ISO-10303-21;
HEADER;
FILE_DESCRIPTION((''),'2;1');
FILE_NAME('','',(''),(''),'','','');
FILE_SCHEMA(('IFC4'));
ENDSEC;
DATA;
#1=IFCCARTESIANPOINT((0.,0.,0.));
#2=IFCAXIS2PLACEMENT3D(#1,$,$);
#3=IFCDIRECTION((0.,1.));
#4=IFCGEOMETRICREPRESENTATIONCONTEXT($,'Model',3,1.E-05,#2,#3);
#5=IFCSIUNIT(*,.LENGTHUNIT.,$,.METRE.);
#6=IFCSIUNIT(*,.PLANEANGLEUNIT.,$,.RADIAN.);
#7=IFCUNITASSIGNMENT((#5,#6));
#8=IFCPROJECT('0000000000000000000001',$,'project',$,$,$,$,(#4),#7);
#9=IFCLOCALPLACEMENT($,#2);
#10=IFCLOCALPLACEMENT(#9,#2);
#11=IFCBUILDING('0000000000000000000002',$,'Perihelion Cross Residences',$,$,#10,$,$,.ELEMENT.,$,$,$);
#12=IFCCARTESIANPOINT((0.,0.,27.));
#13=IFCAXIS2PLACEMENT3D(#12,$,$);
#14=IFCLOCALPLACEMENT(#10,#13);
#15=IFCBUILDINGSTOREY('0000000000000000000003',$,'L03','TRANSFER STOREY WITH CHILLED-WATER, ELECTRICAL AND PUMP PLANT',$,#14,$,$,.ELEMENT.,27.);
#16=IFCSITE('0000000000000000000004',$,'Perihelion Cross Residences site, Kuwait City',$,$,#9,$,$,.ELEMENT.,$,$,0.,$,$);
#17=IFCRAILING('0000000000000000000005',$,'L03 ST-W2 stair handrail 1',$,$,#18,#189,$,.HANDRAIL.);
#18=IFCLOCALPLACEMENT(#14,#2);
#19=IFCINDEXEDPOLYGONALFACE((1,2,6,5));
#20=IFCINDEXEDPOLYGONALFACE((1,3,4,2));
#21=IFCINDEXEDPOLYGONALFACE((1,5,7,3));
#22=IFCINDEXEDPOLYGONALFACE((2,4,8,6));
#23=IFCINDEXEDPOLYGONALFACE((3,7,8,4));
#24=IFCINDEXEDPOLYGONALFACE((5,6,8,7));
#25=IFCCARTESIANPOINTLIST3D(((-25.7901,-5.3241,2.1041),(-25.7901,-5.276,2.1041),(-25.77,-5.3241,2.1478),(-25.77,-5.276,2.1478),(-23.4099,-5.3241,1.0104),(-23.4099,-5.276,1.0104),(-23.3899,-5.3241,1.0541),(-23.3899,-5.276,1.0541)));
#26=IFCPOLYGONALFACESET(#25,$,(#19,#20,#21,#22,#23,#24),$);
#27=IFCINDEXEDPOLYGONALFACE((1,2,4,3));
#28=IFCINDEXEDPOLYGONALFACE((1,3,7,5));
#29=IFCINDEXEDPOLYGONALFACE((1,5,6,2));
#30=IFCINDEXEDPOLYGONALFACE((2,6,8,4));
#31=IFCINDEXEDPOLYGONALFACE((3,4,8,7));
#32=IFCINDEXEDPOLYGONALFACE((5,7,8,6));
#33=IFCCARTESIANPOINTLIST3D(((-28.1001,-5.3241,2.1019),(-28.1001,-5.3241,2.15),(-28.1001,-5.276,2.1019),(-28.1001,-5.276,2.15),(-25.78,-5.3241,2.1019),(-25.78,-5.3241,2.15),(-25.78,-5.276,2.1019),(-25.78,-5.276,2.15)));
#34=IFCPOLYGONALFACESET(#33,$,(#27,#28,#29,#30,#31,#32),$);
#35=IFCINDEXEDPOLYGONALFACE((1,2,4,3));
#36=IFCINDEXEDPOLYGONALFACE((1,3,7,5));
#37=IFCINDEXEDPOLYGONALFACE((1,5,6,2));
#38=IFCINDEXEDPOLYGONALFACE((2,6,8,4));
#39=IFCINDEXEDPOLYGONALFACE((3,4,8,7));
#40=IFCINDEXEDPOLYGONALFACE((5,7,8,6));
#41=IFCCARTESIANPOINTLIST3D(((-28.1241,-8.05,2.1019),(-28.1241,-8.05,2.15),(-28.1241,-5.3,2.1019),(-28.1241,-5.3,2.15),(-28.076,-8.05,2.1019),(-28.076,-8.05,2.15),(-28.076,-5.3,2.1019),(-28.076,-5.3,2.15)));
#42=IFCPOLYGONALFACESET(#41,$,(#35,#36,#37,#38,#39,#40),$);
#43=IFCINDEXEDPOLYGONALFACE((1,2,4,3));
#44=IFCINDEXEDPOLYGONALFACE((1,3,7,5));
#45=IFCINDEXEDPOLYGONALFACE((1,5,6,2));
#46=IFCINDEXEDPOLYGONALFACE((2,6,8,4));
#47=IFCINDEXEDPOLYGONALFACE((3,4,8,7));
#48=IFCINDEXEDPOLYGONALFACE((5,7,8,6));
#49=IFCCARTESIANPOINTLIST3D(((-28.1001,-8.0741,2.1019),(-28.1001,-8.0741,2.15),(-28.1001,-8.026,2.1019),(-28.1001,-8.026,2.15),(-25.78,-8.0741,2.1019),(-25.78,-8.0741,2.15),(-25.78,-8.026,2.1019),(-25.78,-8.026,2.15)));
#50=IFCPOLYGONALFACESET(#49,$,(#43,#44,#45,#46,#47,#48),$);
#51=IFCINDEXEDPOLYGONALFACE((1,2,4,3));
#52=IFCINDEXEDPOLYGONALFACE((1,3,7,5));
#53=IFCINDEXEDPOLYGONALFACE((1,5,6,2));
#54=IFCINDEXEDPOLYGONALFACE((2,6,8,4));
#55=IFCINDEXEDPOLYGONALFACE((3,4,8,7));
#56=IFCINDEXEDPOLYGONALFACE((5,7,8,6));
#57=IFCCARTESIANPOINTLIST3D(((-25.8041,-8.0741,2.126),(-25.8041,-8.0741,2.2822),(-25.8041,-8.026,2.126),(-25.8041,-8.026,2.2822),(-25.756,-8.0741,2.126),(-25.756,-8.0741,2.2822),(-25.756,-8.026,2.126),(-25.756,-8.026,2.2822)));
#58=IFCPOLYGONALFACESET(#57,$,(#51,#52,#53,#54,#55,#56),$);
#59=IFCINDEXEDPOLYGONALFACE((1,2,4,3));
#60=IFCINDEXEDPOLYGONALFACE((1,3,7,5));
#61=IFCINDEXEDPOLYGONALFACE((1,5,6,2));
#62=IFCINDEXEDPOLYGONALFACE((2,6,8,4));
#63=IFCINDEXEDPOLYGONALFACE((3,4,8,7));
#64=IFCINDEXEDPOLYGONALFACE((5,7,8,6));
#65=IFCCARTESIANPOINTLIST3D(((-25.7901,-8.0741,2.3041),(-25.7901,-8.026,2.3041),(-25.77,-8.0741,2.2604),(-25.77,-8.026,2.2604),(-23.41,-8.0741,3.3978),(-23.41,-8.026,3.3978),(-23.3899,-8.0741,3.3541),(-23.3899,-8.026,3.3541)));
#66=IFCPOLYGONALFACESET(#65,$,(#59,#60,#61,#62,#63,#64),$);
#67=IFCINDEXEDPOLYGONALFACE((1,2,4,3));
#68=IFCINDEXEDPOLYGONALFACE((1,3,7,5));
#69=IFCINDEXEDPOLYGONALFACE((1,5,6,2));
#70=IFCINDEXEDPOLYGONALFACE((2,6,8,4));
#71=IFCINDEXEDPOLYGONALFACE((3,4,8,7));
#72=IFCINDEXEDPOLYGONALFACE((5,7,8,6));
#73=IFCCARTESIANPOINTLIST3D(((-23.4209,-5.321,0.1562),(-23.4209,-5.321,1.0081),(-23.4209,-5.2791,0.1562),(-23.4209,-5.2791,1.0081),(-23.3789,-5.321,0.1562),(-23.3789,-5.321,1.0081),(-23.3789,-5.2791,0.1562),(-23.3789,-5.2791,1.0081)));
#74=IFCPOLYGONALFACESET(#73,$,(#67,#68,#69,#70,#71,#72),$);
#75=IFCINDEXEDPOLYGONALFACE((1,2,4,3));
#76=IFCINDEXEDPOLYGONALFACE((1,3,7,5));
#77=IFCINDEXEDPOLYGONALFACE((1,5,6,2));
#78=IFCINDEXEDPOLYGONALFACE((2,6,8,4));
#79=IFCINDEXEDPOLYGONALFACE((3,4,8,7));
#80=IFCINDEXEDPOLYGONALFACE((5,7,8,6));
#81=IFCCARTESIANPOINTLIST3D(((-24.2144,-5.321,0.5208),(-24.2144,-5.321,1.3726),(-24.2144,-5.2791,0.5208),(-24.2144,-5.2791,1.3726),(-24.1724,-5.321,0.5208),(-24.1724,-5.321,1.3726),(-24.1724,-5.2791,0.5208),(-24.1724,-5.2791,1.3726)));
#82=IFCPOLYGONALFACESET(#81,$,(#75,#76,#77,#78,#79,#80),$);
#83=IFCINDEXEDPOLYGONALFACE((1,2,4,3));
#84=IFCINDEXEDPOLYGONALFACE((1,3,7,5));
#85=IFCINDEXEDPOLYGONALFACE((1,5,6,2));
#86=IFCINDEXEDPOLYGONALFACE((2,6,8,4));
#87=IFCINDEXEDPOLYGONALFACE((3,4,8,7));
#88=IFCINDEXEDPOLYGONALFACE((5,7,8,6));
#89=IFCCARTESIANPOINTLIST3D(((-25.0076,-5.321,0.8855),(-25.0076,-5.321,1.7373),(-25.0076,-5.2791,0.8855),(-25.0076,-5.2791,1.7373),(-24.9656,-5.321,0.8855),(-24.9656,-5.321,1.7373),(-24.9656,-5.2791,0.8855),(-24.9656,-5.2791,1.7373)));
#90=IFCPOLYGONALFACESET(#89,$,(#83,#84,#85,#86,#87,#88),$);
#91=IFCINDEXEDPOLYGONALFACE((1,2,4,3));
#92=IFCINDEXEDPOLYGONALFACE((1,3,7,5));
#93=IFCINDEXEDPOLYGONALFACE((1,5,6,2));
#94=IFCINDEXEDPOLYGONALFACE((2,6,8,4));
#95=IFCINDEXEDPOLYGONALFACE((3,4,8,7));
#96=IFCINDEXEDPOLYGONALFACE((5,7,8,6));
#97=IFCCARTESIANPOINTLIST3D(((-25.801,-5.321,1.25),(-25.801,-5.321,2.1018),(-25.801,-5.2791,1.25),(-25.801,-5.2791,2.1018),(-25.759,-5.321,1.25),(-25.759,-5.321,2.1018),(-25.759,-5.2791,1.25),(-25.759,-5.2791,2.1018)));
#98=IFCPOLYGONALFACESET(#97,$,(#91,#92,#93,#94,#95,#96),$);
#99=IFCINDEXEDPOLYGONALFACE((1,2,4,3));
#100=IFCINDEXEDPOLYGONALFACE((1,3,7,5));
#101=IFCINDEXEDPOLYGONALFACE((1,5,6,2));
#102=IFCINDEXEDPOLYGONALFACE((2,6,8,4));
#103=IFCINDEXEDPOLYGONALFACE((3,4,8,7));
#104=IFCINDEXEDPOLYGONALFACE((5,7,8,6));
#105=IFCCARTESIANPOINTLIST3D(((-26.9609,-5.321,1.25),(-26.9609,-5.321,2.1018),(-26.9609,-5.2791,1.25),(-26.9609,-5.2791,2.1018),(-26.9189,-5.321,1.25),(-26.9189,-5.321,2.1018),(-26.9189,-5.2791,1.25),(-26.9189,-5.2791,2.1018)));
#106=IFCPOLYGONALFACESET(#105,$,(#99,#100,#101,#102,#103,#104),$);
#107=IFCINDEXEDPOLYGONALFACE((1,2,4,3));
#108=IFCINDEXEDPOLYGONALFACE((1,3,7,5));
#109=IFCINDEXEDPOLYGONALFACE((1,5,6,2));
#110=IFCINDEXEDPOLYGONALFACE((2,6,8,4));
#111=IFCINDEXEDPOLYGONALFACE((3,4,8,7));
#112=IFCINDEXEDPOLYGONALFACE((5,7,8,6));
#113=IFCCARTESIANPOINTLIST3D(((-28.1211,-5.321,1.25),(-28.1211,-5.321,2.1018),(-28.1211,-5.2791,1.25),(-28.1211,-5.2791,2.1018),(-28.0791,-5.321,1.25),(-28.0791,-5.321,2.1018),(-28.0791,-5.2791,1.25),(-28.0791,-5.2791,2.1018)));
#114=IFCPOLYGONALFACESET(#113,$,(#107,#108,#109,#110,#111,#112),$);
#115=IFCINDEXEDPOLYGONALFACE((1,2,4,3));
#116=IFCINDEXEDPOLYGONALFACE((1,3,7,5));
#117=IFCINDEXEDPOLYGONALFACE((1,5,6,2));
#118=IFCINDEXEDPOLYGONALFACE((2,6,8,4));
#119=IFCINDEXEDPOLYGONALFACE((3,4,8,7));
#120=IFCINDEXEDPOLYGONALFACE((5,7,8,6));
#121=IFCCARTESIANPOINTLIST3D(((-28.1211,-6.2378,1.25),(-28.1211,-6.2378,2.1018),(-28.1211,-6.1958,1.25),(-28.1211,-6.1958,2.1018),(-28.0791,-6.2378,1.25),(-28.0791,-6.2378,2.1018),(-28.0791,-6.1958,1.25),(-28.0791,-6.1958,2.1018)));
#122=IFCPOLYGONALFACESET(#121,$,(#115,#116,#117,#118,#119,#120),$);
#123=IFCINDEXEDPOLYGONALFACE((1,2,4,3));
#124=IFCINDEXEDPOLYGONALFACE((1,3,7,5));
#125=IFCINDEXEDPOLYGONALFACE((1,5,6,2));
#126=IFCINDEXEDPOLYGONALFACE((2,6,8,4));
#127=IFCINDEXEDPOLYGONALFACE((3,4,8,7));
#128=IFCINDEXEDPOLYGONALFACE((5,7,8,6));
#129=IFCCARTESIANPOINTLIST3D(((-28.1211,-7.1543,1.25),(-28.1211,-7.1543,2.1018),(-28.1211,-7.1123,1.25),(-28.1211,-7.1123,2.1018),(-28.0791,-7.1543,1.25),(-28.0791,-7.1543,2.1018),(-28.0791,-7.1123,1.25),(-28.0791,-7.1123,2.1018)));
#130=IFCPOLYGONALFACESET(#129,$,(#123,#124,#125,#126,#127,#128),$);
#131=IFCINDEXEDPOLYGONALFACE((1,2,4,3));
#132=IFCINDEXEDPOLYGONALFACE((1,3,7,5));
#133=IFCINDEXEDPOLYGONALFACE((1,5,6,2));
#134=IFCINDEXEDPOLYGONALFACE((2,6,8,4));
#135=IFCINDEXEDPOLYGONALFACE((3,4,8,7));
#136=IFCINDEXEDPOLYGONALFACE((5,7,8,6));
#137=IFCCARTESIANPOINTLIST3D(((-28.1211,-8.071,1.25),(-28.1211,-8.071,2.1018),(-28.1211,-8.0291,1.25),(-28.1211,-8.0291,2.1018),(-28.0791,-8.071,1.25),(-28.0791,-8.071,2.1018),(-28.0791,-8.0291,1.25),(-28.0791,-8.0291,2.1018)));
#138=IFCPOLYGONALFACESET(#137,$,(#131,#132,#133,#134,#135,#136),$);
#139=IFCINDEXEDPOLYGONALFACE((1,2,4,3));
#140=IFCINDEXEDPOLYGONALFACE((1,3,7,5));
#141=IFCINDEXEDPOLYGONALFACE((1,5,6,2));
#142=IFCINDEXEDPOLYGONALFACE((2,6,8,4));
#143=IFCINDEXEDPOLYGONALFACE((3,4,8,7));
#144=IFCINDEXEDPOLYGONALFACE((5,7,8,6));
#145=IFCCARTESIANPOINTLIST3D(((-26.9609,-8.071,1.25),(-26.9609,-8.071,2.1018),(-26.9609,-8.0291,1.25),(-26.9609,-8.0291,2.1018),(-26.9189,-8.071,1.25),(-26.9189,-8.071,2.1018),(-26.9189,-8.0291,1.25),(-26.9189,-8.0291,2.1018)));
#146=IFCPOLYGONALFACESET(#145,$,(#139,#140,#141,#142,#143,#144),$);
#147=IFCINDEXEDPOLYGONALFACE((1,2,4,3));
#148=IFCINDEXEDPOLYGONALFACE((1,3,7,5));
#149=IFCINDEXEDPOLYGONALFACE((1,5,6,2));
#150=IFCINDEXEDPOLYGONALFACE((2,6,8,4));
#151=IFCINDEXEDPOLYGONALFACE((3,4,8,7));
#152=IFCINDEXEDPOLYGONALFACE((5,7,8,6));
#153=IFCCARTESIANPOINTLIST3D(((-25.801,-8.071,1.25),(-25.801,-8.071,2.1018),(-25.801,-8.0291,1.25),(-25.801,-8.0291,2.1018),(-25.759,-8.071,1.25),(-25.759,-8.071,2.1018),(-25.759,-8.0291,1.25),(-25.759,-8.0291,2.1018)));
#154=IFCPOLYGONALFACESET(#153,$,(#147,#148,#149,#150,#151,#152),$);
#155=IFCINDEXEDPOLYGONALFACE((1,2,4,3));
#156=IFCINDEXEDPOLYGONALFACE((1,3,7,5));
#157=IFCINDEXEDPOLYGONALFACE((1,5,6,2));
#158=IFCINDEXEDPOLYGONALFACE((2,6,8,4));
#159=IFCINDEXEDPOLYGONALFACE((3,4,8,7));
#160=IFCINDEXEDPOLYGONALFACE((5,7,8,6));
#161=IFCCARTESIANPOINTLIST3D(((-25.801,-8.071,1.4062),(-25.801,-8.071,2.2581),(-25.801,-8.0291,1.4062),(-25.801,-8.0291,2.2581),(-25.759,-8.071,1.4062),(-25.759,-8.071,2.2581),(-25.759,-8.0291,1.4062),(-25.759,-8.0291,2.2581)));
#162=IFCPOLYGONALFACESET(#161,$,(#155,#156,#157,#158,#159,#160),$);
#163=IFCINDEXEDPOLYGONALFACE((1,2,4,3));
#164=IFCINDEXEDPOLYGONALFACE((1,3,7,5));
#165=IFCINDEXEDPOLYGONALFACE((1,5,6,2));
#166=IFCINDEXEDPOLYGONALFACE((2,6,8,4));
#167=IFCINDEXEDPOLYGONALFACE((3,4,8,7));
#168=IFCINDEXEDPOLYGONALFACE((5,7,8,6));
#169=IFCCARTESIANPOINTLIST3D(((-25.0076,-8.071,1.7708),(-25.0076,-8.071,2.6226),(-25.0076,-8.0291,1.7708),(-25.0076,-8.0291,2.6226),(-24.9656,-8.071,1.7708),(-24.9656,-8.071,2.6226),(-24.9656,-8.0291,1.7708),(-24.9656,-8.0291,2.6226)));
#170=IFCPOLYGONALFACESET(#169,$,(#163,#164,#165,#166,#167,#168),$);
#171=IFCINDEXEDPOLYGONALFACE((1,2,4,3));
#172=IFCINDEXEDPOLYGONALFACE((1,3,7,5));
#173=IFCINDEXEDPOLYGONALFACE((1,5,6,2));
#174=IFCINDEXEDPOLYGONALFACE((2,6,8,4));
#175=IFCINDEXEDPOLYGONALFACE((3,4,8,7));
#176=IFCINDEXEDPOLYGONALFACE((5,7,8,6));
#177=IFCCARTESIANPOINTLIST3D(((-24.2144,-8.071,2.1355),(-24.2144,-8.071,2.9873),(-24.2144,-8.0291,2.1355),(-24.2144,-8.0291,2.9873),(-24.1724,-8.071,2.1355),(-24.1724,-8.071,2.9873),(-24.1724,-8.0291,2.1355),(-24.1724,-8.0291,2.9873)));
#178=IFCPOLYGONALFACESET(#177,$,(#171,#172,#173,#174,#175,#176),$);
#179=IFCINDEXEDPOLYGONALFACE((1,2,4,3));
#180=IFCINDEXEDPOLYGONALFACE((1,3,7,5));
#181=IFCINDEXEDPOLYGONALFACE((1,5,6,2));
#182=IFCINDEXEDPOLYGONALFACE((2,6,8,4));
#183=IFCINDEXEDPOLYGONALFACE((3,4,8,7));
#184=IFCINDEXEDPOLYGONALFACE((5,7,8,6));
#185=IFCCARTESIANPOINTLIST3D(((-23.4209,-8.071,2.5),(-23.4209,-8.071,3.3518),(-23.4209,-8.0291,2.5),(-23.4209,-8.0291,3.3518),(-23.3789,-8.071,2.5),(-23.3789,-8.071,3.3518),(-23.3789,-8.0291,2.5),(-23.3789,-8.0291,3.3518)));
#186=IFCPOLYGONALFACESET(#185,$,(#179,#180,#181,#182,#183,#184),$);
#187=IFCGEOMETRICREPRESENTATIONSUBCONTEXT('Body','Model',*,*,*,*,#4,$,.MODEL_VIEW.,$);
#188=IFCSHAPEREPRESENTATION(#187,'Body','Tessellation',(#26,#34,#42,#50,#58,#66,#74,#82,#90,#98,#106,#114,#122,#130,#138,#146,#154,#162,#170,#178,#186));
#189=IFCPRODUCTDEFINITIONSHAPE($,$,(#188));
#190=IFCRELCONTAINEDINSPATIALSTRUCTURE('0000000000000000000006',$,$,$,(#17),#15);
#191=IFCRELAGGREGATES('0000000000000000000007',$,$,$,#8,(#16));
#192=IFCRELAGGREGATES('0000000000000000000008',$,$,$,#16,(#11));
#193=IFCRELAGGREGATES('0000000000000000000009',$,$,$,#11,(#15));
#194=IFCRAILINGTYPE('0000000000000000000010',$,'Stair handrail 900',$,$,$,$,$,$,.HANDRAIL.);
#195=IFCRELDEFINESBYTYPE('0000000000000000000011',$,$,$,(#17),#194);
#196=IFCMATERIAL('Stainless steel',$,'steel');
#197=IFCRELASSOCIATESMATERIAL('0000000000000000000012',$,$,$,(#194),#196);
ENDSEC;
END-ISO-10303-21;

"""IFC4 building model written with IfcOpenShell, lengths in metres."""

from ifc_helpers import new_model, si_unit, direction, frame, origin, origin_2d, place, context, subcontext, project, spatial, rectangle, extrude, material, type_object, element, save


model = new_model("IFC4")

# Units and contexts
model_context = context("Model", 3, precision=1e-05, world=origin(), true_north=direction((0.0, 1.0)))
body_context = subcontext(model_context, "Body", "Model", "MODEL_VIEW")
ifc_project = project(units=[si_unit("LENGTHUNIT", "METRE"), si_unit("PLANEANGLEUNIT", "RADIAN")], contexts=[model_context])

# Site, building, storey
site_placement = place(None, origin())
site = spatial("IfcSite", under=ifc_project, at=site_placement, Name="Perihelion Cross Residences site, Kuwait City", CompositionType="ELEMENT", RefElevation=0.0)
building_placement = place(site_placement, origin())
building = spatial("IfcBuilding", under=site, at=building_placement, Name="Perihelion Cross Residences", CompositionType="ELEMENT")
storey_placement = place(building_placement, frame((0.0, 0.0, 27.0)))
storey = spatial("IfcBuildingStorey", under=building, at=storey_placement, Name="L03", Description="TRANSFER STOREY WITH CHILLED-WATER, ELECTRICAL AND PUMP PLANT", CompositionType="ELEMENT", Elevation=27.0)

# Railing
ifc_material_1 = material(Name="Stainless steel", Category="steel")
railing_type_1 = type_object("IfcRailingType", Name="Stair handrail 900", PredefinedType="HANDRAIL", material=ifc_material_1)
railing_1_placement = place(storey_placement, frame((-23.3999, -5.3, 0.1562)))
element("IfcRailing", 1, at=railing_1_placement, inside=storey, type_object=railing_type_1, Name="L03 ST-W2 stair handrail 1", PredefinedType="HANDRAIL", context=body_context, shape_type="SweptSolid", body=[
    extrude(rectangle(XDim=0.0481, YDim=0.0481, at=origin_2d()), frame((0.0, 0.0, 0.876), z_axis=(-0.908651, 0.0, 0.417556), x_axis=(0.0, -1.0, 0.0)), (0.0, 0.0, 1.0), 2.6194),
    extrude(rectangle(XDim=0.0481, YDim=0.0481, at=origin_2d()), frame((-2.3801, 0.0, 1.9697), z_axis=(-1.0, 0.0, 0.0), x_axis=(0.0, -1.0, 0.0)), (0.0, 0.0, 1.0), 2.3201),
    extrude(rectangle(XDim=0.0481, YDim=0.0481, at=origin_2d()), frame((-4.7002, 0.0, 1.9697), z_axis=(0.0, -1.0, 0.0), x_axis=(1.0, 0.0, 0.0)), (0.0, 0.0, 1.0), 2.75),
    extrude(rectangle(XDim=0.0481, YDim=0.0481, at=origin_2d()), frame((-4.7002, -2.75, 1.9697), z_axis=(1.0, 0.0, 0.0), x_axis=(0.0, 1.0, 0.0)), (0.0, 0.0, 1.0), 2.3201),
    extrude(rectangle(XDim=0.0481, YDim=0.0481, at=origin_2d()), frame((-2.3801, -2.75, 1.9697), z_axis=(0.0, 0.0, 1.0), x_axis=(1.0, 0.0, 0.0)), (0.0, 0.0, 1.0), 0.1562),
    extrude(rectangle(XDim=0.0481, YDim=0.0481, at=origin_2d()), frame((-2.3801, -2.75, 2.126), z_axis=(0.908651, 0.0, 0.417556), x_axis=(0.0, 1.0, 0.0)), (0.0, 0.0, 1.0), 2.6194),
    extrude(rectangle(XDim=0.042, YDim=0.042, at=origin_2d()), origin(), (0.0, 0.0, 1.0), 0.8518),
    extrude(rectangle(XDim=0.042, YDim=0.042, at=origin_2d()), frame((-0.7935, 0.0, 0.3645)), (0.0, 0.0, 1.0), 0.8518),
    extrude(rectangle(XDim=0.042, YDim=0.042, at=origin_2d()), frame((-1.5867, 0.0, 0.7292)), (0.0, 0.0, 1.0), 0.8518),
    extrude(rectangle(XDim=0.042, YDim=0.042, at=origin_2d()), frame((-2.3801, 0.0, 1.0938)), (0.0, 0.0, 1.0), 0.8518),
    extrude(rectangle(XDim=0.042, YDim=0.042, at=origin_2d()), frame((-3.54, 0.0, 1.0938)), (0.0, 0.0, 1.0), 0.8518),
    extrude(rectangle(XDim=0.042, YDim=0.042, at=origin_2d()), frame((-4.7002, 0.0, 1.0938)), (0.0, 0.0, 1.0), 0.8518),
    extrude(rectangle(XDim=0.042, YDim=0.042, at=origin_2d()), frame((-4.7002, -0.9167, 1.0938)), (0.0, 0.0, 1.0), 0.8518),
    extrude(rectangle(XDim=0.042, YDim=0.042, at=origin_2d()), frame((-4.7002, -1.8333, 1.0938)), (0.0, 0.0, 1.0), 0.8518),
    extrude(rectangle(XDim=0.042, YDim=0.042, at=origin_2d()), frame((-4.7002, -2.75, 1.0938)), (0.0, 0.0, 1.0), 0.8518),
    extrude(rectangle(XDim=0.042, YDim=0.042, at=origin_2d()), frame((-3.54, -2.75, 1.0938)), (0.0, 0.0, 1.0), 0.8518),
    extrude(rectangle(XDim=0.042, YDim=0.042, at=origin_2d()), frame((-2.3801, -2.75, 1.0938)), (0.0, 0.0, 1.0), 0.8518),
    extrude(rectangle(XDim=0.042, YDim=0.042, at=origin_2d()), frame((-2.3801, -2.75, 1.25)), (0.0, 0.0, 1.0), 0.8518),
    extrude(rectangle(XDim=0.042, YDim=0.042, at=origin_2d()), frame((-1.5867, -2.75, 1.6145)), (0.0, 0.0, 1.0), 0.8518),
    extrude(rectangle(XDim=0.042, YDim=0.042, at=origin_2d()), frame((-0.7935, -2.75, 1.9792)), (0.0, 0.0, 1.0), 0.8518),
    extrude(rectangle(XDim=0.042, YDim=0.042, at=origin_2d()), frame((0.0, -2.75, 2.3438)), (0.0, 0.0, 1.0), 0.8518),
])

save(model, "model.ifc")
